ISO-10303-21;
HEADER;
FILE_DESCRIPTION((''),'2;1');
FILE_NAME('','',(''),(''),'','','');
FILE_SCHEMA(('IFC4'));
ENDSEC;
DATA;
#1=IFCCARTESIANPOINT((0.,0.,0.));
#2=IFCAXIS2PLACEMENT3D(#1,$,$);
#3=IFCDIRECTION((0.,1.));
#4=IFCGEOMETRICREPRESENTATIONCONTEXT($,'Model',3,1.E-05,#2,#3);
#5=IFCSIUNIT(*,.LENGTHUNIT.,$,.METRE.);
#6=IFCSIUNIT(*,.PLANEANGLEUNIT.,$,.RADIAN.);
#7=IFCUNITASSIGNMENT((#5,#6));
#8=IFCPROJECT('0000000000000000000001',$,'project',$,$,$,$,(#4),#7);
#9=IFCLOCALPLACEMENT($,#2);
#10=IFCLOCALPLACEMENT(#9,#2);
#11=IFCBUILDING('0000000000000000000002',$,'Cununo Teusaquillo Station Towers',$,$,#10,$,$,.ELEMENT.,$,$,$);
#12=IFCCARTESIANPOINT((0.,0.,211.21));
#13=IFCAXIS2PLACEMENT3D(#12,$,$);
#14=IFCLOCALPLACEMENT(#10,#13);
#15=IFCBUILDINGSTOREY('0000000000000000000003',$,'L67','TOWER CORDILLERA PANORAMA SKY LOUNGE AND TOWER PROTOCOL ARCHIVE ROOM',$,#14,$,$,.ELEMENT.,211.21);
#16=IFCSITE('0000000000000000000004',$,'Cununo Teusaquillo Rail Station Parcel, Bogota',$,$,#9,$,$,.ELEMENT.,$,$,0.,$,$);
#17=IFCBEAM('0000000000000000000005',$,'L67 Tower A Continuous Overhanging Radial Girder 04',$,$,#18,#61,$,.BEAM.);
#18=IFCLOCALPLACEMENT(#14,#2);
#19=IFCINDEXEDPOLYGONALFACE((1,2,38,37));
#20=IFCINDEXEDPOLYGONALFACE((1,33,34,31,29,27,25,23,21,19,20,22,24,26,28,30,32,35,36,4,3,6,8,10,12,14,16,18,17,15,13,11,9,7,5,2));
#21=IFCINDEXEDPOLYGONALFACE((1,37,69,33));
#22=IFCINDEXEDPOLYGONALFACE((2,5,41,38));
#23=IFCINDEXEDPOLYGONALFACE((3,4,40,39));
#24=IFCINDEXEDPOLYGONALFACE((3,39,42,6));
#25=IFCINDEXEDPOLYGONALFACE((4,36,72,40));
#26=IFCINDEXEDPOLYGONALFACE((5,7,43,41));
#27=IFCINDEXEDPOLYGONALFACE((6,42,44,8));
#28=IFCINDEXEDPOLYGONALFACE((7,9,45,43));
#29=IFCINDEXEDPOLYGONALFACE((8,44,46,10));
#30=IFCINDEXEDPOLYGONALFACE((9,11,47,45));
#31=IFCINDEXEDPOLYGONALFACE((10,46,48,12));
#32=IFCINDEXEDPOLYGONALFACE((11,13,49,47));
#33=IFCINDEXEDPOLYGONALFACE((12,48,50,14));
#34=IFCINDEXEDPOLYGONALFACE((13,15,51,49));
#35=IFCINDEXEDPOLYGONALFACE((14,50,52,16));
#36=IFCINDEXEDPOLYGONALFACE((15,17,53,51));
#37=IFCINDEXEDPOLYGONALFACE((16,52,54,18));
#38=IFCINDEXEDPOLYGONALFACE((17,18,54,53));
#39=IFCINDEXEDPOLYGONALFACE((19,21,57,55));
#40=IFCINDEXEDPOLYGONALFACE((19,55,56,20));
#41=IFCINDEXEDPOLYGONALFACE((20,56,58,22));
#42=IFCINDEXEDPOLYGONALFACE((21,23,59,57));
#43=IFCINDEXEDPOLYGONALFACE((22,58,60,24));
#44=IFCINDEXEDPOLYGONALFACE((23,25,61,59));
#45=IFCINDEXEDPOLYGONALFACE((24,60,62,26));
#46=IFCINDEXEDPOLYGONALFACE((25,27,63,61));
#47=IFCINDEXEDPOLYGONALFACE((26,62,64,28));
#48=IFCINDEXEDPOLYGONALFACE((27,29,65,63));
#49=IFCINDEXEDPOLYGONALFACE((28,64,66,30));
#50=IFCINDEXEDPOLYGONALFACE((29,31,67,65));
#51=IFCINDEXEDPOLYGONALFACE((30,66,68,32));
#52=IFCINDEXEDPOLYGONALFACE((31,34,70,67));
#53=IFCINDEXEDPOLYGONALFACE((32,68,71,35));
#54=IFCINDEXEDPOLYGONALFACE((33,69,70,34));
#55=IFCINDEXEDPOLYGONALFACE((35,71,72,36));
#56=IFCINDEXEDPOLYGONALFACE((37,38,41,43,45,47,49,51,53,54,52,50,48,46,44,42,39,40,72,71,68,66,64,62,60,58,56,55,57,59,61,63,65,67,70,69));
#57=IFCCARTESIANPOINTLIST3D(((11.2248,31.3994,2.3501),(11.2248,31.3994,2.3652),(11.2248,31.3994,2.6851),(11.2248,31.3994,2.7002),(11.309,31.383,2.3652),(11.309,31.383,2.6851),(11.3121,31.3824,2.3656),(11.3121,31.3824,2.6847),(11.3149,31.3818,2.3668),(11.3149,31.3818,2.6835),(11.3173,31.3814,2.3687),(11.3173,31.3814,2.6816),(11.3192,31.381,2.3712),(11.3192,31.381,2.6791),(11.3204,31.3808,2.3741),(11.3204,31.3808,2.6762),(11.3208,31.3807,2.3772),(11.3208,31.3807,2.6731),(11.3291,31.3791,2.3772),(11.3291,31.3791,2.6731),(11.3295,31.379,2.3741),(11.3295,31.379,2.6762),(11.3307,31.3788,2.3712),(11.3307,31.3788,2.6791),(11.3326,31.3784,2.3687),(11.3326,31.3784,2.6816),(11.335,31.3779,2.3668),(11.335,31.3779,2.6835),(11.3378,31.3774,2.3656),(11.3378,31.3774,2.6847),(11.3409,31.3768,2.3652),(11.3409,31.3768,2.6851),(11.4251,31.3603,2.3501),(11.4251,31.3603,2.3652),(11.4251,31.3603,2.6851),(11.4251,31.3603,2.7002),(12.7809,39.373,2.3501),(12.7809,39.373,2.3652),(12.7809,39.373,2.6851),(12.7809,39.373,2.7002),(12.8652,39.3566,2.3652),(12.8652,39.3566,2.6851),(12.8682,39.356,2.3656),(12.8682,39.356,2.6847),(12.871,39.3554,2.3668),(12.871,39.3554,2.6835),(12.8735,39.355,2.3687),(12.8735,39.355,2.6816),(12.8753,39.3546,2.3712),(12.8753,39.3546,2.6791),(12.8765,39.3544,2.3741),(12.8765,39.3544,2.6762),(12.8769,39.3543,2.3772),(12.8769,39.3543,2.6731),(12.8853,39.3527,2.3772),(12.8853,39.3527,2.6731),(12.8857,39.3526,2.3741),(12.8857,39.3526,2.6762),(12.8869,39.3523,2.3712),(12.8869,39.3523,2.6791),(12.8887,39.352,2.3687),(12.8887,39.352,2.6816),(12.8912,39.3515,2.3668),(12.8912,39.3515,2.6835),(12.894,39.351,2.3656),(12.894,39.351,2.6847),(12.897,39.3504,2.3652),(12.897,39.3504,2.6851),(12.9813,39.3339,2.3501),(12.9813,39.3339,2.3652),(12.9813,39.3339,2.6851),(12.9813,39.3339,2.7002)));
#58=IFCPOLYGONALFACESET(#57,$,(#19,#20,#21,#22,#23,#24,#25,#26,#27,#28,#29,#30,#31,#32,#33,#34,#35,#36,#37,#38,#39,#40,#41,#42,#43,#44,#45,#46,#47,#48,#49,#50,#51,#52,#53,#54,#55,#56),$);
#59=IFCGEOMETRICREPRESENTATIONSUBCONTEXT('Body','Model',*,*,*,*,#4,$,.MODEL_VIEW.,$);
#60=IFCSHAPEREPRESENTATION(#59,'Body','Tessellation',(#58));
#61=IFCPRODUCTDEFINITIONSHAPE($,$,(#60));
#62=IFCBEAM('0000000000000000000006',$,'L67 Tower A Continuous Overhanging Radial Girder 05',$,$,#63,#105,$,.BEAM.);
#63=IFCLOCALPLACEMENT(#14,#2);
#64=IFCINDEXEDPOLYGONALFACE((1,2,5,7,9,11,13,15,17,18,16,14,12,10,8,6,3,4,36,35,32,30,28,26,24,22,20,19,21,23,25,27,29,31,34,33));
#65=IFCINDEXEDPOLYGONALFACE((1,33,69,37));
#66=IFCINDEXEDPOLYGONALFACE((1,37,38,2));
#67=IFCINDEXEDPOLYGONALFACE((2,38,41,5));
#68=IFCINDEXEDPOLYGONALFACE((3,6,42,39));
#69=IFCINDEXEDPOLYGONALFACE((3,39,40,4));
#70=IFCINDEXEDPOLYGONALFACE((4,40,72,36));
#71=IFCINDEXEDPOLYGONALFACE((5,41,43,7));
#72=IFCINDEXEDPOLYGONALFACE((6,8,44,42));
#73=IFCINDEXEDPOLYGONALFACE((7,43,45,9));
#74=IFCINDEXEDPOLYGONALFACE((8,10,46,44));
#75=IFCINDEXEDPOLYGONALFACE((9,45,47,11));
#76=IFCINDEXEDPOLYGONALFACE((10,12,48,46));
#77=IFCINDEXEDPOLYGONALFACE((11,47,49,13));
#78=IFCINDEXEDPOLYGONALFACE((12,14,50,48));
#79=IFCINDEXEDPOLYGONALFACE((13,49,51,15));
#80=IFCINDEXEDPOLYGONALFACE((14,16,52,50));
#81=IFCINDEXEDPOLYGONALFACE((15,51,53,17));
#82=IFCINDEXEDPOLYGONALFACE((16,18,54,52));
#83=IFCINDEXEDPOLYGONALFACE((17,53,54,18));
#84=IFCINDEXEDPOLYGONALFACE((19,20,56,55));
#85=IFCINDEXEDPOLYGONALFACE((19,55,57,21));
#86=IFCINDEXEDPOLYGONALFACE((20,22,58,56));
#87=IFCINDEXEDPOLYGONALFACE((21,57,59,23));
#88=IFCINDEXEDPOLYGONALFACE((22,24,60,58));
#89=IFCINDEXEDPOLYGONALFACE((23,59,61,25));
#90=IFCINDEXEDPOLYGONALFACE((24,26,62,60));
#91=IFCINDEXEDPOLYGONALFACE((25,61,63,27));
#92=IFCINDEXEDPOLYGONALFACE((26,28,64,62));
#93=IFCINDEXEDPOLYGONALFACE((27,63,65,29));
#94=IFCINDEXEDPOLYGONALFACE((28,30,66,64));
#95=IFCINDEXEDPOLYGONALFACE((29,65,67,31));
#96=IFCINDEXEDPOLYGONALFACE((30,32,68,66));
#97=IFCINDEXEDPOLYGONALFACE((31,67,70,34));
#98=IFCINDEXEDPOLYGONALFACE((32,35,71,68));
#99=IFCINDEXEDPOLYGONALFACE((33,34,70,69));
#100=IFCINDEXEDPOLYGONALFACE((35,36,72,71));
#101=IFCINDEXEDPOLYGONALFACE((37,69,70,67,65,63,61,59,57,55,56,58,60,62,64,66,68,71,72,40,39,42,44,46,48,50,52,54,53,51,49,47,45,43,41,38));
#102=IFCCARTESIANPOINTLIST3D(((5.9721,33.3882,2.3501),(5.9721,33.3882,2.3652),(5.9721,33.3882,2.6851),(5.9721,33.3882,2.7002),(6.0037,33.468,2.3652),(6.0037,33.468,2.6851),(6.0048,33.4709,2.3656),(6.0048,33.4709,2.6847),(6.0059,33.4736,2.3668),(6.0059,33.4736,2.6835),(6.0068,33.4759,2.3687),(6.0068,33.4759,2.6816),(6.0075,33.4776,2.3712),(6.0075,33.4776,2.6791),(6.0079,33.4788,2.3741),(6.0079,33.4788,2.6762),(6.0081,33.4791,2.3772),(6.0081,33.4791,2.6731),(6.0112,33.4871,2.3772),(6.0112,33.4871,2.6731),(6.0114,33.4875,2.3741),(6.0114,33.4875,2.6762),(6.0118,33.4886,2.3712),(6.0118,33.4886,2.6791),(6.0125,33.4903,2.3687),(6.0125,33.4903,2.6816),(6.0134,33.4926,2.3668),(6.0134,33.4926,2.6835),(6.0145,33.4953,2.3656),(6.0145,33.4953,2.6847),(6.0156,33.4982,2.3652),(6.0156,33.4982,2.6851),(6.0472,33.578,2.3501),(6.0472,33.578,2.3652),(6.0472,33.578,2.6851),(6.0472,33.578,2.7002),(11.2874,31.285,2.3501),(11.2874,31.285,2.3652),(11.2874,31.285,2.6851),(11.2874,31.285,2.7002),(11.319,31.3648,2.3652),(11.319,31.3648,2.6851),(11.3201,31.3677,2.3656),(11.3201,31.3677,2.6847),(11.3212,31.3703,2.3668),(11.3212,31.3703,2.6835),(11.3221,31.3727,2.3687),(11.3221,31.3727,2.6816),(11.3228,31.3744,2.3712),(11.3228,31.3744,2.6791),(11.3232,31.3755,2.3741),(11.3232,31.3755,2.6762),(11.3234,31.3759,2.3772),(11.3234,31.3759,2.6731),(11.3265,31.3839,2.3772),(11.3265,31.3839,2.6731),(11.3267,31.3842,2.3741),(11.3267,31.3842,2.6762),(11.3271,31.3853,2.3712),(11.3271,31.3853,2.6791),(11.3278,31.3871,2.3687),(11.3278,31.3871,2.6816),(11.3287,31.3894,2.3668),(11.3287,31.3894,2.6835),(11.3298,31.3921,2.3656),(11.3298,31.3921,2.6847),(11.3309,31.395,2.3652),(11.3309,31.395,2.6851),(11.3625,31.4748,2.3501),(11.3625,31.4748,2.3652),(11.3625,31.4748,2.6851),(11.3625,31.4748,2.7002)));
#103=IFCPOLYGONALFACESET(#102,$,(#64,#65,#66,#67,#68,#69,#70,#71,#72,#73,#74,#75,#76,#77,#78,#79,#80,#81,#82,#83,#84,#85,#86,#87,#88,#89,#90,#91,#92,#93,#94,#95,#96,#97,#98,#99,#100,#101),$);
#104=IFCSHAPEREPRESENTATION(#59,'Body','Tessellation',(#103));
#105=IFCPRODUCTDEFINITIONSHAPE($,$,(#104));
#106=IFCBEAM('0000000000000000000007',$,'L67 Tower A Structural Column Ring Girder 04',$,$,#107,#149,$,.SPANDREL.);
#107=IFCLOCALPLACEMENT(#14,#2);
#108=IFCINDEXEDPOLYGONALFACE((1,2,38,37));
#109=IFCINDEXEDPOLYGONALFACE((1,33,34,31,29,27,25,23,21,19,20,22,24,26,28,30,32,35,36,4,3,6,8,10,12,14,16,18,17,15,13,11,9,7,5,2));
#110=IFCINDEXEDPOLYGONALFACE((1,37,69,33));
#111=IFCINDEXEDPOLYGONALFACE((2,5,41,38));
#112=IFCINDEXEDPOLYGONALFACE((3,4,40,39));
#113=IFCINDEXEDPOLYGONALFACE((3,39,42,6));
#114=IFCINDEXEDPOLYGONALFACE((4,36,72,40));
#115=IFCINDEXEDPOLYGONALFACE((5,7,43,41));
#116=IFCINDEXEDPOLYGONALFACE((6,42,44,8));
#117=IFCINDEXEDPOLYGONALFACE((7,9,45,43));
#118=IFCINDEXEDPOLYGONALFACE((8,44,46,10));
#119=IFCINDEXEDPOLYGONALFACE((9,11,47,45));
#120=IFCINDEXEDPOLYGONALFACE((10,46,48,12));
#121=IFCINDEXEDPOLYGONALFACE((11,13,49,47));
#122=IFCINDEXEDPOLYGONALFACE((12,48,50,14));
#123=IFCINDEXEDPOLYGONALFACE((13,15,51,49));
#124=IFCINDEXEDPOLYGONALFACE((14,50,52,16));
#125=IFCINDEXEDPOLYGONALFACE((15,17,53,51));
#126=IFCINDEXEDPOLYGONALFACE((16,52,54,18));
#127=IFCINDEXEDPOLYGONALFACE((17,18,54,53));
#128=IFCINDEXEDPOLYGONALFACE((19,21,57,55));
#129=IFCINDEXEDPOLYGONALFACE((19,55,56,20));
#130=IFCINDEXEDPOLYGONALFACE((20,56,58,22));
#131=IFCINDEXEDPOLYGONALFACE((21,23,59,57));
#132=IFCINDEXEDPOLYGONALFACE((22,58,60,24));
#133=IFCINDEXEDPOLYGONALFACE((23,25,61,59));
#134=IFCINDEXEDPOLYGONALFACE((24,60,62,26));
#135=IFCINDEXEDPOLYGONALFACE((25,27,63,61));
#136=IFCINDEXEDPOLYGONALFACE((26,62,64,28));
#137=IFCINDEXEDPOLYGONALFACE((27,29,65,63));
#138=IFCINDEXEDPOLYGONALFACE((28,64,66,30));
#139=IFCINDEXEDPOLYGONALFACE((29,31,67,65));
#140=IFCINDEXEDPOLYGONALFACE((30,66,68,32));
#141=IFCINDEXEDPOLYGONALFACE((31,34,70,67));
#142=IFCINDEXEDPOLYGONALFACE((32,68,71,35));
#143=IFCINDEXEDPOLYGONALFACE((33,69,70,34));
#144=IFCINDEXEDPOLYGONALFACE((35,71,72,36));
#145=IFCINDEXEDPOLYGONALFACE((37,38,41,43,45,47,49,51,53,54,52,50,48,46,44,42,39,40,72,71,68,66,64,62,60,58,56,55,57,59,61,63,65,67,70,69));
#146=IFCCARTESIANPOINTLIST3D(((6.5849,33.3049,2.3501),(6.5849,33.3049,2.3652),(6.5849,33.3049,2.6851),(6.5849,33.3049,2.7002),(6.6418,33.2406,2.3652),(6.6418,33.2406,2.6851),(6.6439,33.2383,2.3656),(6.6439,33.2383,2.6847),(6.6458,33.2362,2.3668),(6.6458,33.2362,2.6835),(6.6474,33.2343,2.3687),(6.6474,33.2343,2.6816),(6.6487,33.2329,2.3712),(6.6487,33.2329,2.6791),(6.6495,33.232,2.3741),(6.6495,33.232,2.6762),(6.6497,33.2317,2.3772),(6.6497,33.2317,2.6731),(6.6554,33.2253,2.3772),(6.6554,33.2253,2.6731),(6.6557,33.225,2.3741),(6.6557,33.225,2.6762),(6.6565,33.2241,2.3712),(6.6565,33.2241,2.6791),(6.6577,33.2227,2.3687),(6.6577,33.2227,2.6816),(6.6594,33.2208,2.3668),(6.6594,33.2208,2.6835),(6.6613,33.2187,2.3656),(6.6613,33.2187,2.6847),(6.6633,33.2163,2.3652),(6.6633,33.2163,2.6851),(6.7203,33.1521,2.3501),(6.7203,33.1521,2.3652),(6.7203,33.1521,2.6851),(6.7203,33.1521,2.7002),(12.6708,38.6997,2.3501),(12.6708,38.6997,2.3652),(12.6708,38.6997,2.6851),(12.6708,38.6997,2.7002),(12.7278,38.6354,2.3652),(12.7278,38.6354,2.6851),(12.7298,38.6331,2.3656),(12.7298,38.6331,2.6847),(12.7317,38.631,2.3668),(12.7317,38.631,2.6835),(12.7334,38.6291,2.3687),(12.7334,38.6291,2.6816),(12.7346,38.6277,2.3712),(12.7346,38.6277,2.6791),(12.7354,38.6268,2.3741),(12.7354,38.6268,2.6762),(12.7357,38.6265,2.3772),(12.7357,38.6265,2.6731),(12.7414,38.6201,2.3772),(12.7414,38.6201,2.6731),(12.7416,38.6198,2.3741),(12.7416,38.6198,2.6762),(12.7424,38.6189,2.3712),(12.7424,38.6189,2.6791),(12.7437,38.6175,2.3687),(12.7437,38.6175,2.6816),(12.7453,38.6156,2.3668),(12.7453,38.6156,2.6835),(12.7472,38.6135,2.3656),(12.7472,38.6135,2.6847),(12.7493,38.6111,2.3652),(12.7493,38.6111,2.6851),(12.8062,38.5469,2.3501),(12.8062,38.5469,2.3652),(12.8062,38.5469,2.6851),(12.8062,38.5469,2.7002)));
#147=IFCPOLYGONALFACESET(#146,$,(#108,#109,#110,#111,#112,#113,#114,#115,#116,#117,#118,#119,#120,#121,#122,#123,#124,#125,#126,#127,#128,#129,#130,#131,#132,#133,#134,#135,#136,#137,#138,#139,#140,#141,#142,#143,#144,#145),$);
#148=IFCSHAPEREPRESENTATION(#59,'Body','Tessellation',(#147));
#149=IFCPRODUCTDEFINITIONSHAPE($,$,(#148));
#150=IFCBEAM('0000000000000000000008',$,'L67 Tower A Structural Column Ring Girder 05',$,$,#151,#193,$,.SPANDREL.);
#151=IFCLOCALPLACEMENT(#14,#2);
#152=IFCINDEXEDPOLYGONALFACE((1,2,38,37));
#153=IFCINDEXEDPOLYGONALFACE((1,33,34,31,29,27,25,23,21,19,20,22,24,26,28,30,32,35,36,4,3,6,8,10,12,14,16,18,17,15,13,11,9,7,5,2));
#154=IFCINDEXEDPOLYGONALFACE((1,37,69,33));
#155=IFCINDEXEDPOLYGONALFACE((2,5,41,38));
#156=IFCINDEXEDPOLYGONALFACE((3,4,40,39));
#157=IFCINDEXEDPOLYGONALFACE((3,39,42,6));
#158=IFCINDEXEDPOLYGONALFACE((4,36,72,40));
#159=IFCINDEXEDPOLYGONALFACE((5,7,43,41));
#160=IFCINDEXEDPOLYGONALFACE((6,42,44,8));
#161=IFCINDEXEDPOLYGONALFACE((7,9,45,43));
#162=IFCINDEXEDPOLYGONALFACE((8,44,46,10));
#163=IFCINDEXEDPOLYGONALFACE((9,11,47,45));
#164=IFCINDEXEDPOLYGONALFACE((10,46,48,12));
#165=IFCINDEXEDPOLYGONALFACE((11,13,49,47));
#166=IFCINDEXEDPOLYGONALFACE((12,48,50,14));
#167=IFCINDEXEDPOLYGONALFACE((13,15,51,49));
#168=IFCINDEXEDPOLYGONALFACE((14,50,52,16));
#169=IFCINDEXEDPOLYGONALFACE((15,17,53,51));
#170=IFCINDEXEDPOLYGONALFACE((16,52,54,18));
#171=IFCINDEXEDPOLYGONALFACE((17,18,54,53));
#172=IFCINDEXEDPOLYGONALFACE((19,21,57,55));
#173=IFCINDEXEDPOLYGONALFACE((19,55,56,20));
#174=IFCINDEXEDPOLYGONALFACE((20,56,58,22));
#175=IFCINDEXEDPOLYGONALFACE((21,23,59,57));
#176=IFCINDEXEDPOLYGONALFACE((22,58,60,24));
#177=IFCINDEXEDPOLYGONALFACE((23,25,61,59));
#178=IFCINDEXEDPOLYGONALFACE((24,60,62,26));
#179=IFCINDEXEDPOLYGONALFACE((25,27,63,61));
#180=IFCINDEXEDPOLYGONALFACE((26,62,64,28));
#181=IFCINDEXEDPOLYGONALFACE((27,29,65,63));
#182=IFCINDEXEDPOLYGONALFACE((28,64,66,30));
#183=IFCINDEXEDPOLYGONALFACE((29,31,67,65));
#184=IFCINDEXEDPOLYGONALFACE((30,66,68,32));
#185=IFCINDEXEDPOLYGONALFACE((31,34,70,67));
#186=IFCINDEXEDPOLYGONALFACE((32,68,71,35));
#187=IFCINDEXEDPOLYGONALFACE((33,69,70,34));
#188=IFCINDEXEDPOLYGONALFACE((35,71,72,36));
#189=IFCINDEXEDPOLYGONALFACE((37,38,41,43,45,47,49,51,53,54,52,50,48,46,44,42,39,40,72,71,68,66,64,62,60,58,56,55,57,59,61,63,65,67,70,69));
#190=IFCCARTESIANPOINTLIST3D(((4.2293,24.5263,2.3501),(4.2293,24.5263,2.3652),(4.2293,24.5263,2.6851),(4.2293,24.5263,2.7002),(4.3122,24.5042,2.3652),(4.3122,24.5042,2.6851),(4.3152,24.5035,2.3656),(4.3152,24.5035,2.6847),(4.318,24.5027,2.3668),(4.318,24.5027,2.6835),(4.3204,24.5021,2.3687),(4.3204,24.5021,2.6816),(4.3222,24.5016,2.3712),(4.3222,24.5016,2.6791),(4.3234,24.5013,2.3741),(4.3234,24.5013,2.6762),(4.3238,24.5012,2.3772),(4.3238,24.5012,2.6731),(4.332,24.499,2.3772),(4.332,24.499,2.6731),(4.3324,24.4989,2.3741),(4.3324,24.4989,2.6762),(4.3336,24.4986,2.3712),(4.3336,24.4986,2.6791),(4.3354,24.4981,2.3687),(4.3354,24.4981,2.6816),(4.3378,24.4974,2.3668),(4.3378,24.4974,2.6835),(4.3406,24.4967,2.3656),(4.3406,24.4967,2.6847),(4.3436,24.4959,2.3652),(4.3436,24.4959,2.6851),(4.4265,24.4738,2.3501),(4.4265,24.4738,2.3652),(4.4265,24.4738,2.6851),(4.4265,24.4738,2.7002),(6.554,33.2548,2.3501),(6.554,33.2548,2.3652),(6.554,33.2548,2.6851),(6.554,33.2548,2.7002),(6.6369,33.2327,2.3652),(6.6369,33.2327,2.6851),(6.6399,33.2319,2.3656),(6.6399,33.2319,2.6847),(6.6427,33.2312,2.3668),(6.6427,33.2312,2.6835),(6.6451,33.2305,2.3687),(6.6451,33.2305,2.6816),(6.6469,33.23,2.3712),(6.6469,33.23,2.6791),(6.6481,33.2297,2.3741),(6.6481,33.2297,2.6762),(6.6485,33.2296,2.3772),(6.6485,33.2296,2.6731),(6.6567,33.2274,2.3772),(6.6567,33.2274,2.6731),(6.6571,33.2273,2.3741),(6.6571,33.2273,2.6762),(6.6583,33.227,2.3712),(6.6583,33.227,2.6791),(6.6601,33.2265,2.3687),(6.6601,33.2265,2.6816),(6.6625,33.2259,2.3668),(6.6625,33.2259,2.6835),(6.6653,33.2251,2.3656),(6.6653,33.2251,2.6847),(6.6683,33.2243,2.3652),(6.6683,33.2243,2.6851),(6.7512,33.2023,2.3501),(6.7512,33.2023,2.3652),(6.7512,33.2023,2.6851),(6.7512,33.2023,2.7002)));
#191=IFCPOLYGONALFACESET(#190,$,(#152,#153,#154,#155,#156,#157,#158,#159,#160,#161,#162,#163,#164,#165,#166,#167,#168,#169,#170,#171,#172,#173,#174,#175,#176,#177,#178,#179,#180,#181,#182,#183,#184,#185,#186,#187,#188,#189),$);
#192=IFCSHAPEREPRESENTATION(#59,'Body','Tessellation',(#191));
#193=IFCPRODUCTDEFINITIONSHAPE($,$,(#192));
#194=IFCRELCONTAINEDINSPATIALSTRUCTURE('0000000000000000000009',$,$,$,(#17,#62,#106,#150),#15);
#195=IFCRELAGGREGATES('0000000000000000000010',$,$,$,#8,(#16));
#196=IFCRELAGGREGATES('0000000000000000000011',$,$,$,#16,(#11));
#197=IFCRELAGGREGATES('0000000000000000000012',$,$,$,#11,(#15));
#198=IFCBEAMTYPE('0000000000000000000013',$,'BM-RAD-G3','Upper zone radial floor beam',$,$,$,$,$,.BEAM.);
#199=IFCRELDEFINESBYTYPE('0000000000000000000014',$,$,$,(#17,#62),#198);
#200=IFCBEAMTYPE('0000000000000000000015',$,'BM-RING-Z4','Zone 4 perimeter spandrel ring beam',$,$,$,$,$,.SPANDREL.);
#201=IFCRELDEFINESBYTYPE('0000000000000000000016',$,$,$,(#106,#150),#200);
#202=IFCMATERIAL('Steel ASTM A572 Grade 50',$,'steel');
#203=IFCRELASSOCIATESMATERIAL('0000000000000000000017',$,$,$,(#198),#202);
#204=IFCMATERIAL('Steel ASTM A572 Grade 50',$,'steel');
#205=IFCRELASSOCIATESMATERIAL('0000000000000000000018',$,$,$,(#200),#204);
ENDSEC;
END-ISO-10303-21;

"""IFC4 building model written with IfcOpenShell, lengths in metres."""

from ifc_helpers import new_model, si_unit, direction, frame, origin, origin_2d, place, context, subcontext, project, spatial, i_section, extrude, material, material_profile, profile_set, type_object, element, save


model = new_model("IFC4")

# Units and contexts
model_context = context("Model", 3, precision=1e-05, world=origin(), true_north=direction((0.0, 1.0)))
body_context = subcontext(model_context, "Body", "Model", "MODEL_VIEW")
ifc_project = project(units=[si_unit("LENGTHUNIT", "METRE"), si_unit("PLANEANGLEUNIT", "RADIAN")], contexts=[model_context])

# Site, building, storey
site_placement = place(None, origin())
site = spatial("IfcSite", under=ifc_project, at=site_placement, Name="Cununo Teusaquillo Rail Station Parcel, Bogota", CompositionType="ELEMENT", RefElevation=0.0)
building_placement = place(site_placement, origin())
building = spatial("IfcBuilding", under=site, at=building_placement, Name="Cununo Teusaquillo Station Towers", CompositionType="ELEMENT")
storey_placement = place(building_placement, frame((0.0, 0.0, 211.21)))
storey = spatial("IfcBuildingStorey", under=building, at=storey_placement, Name="L67", Description="TOWER CORDILLERA PANORAMA SKY LOUNGE AND TOWER PROTOCOL ARCHIVE ROOM", CompositionType="ELEMENT", Elevation=211.21)

# Beams
ifc_material_1 = material(Name="Steel ASTM A572 Grade 50", Category="steel")
ifc_material_profile_1 = material_profile(ifc_material_1, i_section(OverallWidth=0.2041, OverallDepth=0.3501, WebThickness=0.0085, FlangeThickness=0.0151, FilletRadius=0.012, at=origin_2d()), Name="W14X48")
ifc_profile_set_1 = profile_set([ifc_material_profile_1], Name="Steel ASTM A572 Grade 50")
beam_type_1 = type_object("IfcBeamType", Name="BM-RAD-G3", Description="Upper zone radial floor beam", PredefinedType="BEAM", material=ifc_profile_set_1)
beam_1_placement = place(storey_placement, frame((11.325, 31.3799, 2.5251), z_axis=(0.191548, 0.981483, 0.0), x_axis=(-0.981483, 0.191548, 0.0)))
element("IfcBeam", 1, at=beam_1_placement, inside=storey, type_object=beam_type_1, Name="L67 Tower A Continuous Overhanging Radial Girder 04", PredefinedType="BEAM", context=body_context, shape_type="SweptSolid", body=[
    extrude(i_section(OverallWidth=0.2041, OverallDepth=0.3501, WebThickness=0.0085, FlangeThickness=0.0151, FilletRadius=0.012, at=origin_2d()), origin(), (0.0, 0.0, 1.0), 8.124),
])
beam_2_placement = place(storey_placement, frame((11.325, 31.3799, 2.5251), z_axis=(-0.929852, 0.367935, 0.0), x_axis=(-0.367935, -0.929852, 0.0)))
element("IfcBeam", 2, at=beam_2_placement, inside=storey, type_object=beam_type_1, Name="L67 Tower A Continuous Overhanging Radial Girder 05", PredefinedType="BEAM", context=body_context, shape_type="SweptSolid", body=[
    extrude(i_section(OverallWidth=0.2041, OverallDepth=0.3501, WebThickness=0.0085, FlangeThickness=0.0151, FilletRadius=0.012, at=origin_2d()), origin(), (0.0, 0.0, 1.0), 5.7163),
])
ifc_material_2 = material(Name="Steel ASTM A572 Grade 50", Category="steel")
ifc_material_profile_2 = material_profile(ifc_material_2, i_section(OverallWidth=0.2041, OverallDepth=0.3501, WebThickness=0.0085, FlangeThickness=0.0151, FilletRadius=0.012, at=origin_2d()), Name="W14X48")
ifc_profile_set_2 = profile_set([ifc_material_profile_2], Name="Steel ASTM A572 Grade 50")
beam_type_2 = type_object("IfcBeamType", Name="BM-RING-Z4", Description="Zone 4 perimeter spandrel ring beam", PredefinedType="SPANDREL", material=ifc_profile_set_2)
beam_3_placement = place(storey_placement, frame((12.7385, 38.6233, 2.5251), z_axis=(-0.748321, -0.663337, 0.0), x_axis=(0.663337, -0.748321, 0.0)))
element("IfcBeam", 3, at=beam_3_placement, inside=storey, type_object=beam_type_2, Name="L67 Tower A Structural Column Ring Girder 04", PredefinedType="SPANDREL", context=body_context, shape_type="SweptSolid", body=[
    extrude(i_section(OverallWidth=0.2041, OverallDepth=0.3501, WebThickness=0.0085, FlangeThickness=0.0151, FilletRadius=0.012, at=origin_2d()), origin(), (0.0, 0.0, 1.0), 8.1328),
])
beam_4_placement = place(storey_placement, frame((6.6526, 33.2285, 2.5251), z_axis=(-0.257363, -0.966315, 0.0), x_axis=(0.966315, -0.257363, 0.0)))
element("IfcBeam", 4, at=beam_4_placement, inside=storey, type_object=beam_type_2, Name="L67 Tower A Structural Column Ring Girder 05", PredefinedType="SPANDREL", context=body_context, shape_type="SweptSolid", body=[
    extrude(i_section(OverallWidth=0.2041, OverallDepth=0.3501, WebThickness=0.0085, FlangeThickness=0.0151, FilletRadius=0.012, at=origin_2d()), origin(), (0.0, 0.0, 1.0), 9.0327),
])

save(model, "model.ifc")
